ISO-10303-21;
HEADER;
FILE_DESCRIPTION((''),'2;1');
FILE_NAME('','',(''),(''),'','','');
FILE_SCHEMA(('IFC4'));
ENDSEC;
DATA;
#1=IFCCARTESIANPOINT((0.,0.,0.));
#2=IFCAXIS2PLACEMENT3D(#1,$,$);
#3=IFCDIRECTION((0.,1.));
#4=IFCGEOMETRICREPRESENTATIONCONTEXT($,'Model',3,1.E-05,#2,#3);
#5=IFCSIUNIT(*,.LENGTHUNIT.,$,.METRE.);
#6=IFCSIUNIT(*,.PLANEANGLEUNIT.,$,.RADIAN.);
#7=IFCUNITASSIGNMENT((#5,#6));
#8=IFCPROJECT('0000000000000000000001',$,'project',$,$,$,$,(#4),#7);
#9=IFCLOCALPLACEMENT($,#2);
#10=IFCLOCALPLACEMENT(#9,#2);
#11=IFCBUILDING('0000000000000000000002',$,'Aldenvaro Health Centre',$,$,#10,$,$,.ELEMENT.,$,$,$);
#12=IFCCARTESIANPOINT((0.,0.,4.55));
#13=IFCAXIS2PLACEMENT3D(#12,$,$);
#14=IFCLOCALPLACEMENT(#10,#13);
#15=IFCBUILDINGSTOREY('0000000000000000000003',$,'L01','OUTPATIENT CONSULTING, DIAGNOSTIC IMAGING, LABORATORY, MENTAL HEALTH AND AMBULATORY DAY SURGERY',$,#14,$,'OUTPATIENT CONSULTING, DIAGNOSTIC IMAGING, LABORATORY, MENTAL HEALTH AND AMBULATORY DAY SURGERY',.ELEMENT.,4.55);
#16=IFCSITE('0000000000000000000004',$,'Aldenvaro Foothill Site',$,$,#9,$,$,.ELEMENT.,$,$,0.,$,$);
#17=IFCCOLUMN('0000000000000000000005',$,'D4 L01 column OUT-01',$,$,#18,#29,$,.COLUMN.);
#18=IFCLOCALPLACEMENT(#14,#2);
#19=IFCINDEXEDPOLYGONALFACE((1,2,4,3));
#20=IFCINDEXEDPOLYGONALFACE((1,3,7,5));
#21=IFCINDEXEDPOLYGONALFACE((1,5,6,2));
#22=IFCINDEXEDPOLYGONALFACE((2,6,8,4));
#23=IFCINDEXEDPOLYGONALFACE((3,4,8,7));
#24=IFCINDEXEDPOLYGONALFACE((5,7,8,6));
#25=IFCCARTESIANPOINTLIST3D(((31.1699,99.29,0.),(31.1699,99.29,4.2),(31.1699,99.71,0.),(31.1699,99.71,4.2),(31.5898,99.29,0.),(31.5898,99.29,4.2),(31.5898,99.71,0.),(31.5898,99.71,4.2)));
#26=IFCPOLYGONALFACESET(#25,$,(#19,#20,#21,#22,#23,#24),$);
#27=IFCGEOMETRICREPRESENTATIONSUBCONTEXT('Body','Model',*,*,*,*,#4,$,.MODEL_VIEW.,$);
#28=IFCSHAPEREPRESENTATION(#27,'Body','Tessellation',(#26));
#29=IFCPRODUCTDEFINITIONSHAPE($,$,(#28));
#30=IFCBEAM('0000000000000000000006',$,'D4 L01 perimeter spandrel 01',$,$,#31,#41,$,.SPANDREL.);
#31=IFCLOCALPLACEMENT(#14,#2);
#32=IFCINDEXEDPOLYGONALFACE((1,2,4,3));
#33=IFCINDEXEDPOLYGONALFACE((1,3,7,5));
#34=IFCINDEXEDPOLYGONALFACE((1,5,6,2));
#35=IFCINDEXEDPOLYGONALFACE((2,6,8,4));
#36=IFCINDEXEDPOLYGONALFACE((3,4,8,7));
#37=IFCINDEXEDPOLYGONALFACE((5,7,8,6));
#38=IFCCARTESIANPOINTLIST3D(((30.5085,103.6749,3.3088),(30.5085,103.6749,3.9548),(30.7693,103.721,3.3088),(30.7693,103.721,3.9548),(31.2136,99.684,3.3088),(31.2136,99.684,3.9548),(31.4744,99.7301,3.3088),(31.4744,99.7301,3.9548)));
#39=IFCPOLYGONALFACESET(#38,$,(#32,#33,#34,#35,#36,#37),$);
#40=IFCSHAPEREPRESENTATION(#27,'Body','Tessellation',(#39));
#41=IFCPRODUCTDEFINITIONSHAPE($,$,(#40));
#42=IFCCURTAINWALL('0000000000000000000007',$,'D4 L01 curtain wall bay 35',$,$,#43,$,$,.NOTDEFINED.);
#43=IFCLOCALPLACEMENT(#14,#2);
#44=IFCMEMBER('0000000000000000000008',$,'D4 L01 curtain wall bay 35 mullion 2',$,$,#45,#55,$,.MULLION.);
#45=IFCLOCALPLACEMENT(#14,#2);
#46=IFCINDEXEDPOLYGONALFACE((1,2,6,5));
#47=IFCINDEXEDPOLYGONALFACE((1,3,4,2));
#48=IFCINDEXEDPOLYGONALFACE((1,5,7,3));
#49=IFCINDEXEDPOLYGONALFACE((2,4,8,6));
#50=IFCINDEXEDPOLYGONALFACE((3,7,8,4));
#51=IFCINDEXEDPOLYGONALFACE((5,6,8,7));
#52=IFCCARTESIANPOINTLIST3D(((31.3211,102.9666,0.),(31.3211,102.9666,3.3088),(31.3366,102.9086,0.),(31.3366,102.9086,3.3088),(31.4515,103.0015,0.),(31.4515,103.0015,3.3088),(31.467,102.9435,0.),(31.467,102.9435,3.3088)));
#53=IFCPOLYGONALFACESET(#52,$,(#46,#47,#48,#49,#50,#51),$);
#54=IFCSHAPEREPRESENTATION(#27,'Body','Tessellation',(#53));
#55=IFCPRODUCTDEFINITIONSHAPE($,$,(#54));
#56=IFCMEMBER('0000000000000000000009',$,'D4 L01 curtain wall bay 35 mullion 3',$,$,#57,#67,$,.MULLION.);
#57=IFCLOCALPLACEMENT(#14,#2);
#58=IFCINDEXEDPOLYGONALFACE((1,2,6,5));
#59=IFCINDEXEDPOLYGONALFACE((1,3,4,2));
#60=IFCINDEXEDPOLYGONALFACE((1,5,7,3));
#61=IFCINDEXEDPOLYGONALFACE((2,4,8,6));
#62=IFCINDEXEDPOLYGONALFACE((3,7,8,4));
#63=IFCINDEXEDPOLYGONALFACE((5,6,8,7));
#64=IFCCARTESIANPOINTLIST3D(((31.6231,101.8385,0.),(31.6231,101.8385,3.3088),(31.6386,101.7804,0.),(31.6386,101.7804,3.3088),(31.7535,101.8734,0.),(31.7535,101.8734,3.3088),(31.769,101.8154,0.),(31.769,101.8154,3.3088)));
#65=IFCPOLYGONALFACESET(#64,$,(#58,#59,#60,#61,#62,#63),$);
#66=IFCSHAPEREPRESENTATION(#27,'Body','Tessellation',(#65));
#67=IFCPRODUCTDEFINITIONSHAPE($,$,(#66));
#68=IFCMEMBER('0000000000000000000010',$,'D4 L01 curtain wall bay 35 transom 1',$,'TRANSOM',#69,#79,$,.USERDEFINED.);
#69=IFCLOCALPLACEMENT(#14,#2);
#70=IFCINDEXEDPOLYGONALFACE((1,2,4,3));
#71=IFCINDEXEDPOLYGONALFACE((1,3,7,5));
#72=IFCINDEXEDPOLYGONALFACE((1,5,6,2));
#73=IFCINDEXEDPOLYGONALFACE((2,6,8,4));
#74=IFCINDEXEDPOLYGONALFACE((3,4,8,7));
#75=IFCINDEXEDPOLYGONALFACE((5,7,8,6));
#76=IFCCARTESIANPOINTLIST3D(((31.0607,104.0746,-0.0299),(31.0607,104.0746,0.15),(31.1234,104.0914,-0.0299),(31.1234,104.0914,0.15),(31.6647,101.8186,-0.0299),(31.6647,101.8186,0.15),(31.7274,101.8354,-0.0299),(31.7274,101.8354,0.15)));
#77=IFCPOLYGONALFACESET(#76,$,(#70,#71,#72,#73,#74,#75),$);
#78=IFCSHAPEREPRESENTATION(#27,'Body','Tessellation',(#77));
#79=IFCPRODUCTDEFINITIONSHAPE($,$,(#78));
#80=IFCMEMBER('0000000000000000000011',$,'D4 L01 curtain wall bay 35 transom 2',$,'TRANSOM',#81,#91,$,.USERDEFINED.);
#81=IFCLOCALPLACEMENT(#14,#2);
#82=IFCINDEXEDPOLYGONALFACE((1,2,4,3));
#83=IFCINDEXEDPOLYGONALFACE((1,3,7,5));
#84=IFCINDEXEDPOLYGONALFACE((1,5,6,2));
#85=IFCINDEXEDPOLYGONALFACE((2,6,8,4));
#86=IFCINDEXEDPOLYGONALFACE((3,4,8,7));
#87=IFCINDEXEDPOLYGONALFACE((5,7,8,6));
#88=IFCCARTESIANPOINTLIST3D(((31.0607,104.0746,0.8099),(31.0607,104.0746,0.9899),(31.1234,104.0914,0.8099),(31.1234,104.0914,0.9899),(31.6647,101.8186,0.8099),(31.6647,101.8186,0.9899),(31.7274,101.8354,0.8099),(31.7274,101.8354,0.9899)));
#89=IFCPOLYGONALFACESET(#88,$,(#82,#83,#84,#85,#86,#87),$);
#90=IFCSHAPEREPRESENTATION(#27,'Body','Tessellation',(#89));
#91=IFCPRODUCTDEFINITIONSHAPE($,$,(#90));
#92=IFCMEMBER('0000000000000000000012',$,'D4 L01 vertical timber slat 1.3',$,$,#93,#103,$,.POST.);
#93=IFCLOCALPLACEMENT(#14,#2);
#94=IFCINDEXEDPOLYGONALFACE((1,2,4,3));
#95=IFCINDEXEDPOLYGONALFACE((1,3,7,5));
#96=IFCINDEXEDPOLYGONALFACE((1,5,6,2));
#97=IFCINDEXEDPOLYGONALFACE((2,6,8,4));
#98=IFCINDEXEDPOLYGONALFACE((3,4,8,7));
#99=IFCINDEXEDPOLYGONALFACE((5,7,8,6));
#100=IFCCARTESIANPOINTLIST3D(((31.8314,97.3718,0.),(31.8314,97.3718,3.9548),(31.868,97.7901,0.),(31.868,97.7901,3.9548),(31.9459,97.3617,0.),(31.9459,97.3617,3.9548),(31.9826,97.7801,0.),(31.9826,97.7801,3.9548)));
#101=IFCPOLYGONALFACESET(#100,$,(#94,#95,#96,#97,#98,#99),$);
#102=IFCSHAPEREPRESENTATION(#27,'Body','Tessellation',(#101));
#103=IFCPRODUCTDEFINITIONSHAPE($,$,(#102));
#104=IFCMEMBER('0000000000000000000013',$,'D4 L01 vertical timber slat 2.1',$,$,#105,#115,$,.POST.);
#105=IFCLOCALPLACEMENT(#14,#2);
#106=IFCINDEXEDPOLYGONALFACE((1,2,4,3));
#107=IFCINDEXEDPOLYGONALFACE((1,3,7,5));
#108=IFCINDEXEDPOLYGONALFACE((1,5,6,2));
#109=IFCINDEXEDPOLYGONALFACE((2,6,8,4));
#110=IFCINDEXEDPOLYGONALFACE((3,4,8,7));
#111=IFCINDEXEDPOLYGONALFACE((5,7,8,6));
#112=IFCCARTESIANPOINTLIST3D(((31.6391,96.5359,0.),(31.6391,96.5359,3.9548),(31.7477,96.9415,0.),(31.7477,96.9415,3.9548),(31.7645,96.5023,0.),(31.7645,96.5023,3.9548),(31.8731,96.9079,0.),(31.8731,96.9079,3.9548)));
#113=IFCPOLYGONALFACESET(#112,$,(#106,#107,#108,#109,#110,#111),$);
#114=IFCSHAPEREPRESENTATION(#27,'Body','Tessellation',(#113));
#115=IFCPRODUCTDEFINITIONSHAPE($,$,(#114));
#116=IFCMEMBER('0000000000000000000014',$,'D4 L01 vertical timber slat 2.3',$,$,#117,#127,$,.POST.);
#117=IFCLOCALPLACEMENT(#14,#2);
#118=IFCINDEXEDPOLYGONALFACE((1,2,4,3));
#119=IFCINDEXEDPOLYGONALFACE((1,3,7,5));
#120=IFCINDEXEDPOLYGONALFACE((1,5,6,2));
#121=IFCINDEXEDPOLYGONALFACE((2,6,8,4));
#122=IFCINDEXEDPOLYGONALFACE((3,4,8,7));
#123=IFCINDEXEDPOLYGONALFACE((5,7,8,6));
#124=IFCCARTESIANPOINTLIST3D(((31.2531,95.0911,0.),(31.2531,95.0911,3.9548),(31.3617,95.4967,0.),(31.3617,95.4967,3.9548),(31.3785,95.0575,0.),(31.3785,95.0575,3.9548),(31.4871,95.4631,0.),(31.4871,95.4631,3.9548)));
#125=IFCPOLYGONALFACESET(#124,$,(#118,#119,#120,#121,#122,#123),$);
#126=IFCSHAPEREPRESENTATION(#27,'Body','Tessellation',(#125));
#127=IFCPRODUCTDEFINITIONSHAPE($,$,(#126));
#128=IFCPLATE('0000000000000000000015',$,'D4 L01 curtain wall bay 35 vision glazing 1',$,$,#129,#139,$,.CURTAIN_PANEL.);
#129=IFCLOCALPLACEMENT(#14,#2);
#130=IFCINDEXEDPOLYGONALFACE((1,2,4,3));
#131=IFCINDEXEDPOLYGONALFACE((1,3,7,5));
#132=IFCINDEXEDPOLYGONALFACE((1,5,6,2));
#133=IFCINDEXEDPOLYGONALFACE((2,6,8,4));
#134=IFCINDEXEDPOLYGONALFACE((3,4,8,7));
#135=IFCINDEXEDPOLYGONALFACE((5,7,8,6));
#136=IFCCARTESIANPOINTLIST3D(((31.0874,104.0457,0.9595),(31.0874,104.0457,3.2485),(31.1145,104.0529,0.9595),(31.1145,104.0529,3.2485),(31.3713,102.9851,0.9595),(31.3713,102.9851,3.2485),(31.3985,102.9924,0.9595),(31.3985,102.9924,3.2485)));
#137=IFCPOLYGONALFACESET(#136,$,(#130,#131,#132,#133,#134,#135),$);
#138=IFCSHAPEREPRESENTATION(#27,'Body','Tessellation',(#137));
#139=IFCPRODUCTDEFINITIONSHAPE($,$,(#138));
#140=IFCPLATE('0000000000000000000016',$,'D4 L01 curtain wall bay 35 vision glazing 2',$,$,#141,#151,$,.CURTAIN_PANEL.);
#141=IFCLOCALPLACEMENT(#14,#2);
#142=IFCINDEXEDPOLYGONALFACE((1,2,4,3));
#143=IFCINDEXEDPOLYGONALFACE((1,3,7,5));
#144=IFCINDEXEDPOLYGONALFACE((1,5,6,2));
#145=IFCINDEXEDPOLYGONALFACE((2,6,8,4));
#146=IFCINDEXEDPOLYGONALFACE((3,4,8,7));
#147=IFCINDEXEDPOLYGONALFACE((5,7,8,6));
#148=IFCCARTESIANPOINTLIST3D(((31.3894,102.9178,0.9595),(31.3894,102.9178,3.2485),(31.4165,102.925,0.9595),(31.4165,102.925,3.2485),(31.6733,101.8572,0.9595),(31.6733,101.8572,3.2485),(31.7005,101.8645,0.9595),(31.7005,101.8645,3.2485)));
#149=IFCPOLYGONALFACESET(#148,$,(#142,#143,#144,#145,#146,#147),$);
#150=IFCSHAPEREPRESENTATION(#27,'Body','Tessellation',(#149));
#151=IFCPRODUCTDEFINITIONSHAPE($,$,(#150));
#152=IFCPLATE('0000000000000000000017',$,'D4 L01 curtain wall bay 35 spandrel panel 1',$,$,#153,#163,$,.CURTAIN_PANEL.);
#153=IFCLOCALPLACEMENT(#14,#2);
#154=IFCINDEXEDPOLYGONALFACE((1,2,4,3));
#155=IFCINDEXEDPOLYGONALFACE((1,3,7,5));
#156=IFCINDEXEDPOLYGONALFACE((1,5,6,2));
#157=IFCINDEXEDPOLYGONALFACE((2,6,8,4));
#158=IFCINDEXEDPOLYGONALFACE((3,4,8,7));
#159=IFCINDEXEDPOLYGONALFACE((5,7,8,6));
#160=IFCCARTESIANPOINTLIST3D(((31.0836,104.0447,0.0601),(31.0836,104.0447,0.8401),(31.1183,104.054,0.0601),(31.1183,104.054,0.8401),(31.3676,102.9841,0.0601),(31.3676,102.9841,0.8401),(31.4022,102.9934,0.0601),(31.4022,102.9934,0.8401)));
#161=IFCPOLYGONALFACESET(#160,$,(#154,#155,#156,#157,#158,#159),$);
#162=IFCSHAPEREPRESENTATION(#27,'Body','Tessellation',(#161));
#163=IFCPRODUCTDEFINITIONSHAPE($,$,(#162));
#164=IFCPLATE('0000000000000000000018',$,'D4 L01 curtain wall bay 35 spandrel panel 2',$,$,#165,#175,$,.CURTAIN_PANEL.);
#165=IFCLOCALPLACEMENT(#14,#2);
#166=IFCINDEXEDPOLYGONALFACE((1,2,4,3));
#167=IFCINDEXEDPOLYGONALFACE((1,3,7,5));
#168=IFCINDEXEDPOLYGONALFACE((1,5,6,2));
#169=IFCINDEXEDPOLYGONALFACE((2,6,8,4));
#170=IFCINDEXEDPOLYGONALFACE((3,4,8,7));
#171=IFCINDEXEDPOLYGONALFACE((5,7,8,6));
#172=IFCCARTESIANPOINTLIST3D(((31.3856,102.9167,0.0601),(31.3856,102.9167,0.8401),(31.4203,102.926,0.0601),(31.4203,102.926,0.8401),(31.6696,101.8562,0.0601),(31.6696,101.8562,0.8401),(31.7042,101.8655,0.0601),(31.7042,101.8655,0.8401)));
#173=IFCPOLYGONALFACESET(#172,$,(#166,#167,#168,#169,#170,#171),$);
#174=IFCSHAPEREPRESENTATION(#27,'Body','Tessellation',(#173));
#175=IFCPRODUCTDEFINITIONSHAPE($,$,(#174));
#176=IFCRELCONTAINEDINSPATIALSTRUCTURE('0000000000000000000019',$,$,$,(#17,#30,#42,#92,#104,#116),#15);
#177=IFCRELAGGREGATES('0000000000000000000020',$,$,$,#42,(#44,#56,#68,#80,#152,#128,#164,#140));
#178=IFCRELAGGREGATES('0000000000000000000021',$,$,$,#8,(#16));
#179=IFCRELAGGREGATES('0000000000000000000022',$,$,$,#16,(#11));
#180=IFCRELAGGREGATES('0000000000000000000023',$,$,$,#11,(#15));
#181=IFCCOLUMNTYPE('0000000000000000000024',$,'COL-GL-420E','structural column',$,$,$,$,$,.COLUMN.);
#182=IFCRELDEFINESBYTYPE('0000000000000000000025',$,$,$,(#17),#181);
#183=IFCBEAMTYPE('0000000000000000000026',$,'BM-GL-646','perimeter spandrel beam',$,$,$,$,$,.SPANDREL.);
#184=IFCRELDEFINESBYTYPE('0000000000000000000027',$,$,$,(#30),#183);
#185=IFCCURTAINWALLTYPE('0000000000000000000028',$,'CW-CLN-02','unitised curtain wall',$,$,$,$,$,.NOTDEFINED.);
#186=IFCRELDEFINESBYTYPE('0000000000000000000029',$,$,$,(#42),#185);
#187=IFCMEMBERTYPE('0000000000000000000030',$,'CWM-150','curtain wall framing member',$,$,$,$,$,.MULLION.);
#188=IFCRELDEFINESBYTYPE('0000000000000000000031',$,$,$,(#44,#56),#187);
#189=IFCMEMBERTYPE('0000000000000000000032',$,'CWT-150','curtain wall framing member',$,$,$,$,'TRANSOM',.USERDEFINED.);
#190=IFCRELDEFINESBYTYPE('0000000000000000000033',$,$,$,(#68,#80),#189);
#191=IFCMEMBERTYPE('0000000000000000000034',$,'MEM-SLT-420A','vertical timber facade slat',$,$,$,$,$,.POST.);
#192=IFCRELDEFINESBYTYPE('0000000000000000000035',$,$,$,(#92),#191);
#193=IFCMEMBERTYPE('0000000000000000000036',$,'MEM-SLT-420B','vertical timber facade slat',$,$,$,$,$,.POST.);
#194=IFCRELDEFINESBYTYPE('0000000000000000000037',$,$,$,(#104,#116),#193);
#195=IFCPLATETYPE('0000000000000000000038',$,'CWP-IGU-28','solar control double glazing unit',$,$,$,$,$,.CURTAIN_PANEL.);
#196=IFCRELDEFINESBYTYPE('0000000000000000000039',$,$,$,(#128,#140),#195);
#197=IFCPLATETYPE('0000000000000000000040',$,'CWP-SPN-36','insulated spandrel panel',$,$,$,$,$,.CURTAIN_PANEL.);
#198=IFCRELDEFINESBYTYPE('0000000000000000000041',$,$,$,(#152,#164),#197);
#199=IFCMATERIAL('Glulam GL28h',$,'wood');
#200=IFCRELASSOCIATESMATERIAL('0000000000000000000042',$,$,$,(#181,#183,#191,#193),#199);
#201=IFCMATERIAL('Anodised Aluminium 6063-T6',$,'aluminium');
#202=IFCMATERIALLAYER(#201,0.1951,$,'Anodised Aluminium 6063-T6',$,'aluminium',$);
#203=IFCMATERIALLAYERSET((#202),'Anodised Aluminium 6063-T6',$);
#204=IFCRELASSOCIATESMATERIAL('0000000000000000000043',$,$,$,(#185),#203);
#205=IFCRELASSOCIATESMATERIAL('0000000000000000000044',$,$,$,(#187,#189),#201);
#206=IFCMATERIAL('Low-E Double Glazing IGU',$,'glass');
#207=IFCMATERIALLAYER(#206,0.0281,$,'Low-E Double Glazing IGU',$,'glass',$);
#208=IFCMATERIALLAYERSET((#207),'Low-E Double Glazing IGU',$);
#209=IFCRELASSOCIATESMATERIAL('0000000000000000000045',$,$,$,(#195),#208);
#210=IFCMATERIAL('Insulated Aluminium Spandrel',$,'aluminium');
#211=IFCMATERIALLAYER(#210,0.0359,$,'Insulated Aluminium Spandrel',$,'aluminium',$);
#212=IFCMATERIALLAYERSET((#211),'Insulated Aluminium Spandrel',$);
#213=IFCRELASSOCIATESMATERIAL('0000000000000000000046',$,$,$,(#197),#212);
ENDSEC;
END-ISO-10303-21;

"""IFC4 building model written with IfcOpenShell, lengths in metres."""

from ifc_helpers import new_model, si_unit, direction, frame, origin, origin_2d, place, context, subcontext, project, spatial, rectangle, extrude, material, layer, layer_set, material_profile, profile_set, type_object, element, aggregate, save


model = new_model("IFC4")

# Units and contexts
model_context = context("Model", 3, precision=1e-05, world=origin(), true_north=direction((0.0, 1.0)))
body_context = subcontext(model_context, "Body", "Model", "MODEL_VIEW")
ifc_project = project(units=[si_unit("LENGTHUNIT", "METRE"), si_unit("PLANEANGLEUNIT", "RADIAN")], contexts=[model_context])

# Site, building, storey
site_placement = place(None, origin())
site = spatial("IfcSite", under=ifc_project, at=site_placement, Name="Aldenvaro Foothill Site", CompositionType="ELEMENT", RefElevation=0.0)
building_placement = place(site_placement, origin())
building = spatial("IfcBuilding", under=site, at=building_placement, Name="Aldenvaro Health Centre", CompositionType="ELEMENT")
storey_placement = place(building_placement, frame((0.0, 0.0, 4.55)))
storey = spatial("IfcBuildingStorey", under=building, at=storey_placement, Name="L01", Description="OUTPATIENT CONSULTING, DIAGNOSTIC IMAGING, LABORATORY, MENTAL HEALTH AND AMBULATORY DAY SURGERY", LongName="OUTPATIENT CONSULTING, DIAGNOSTIC IMAGING, LABORATORY, MENTAL HEALTH AND AMBULATORY DAY SURGERY", CompositionType="ELEMENT", Elevation=4.55)

# Column
ifc_material_1 = material(Name="Glulam GL28h", Category="wood")
ifc_material_profile_1 = material_profile(ifc_material_1, rectangle(XDim=0.4199, YDim=0.4199, at=origin_2d()), Name="GL 420x420", Category="wood")
ifc_profile_set_1 = profile_set([ifc_material_profile_1], Name="Glulam GL28h")
column_type = type_object("IfcColumnType", Name="COL-GL-420E", Description="structural column", PredefinedType="COLUMN", material=ifc_profile_set_1)
column_placement = place(storey_placement, frame((31.3799, 99.5, 0.0), z_axis=(0.0, 0.0, 1.0), x_axis=(1.0, 0.0, 0.0)))
element("IfcColumn", 1, at=column_placement, inside=storey, type_object=column_type, Name="D4 L01 column OUT-01", PredefinedType="COLUMN", context=body_context, shape_type="SweptSolid", body=[
    extrude(rectangle(XDim=0.4199, YDim=0.4199, at=origin_2d()), origin(), (0.0, 0.0, 1.0), 4.2),
])

# Beam
ifc_material_profile_2 = material_profile(ifc_material_1, rectangle(XDim=0.2649, YDim=0.646, at=origin_2d()), Name="GL 265x646", Category="wood")
ifc_profile_set_2 = profile_set([ifc_material_profile_2], Name="Glulam GL28h")
beam_type = type_object("IfcBeamType", Name="BM-GL-646", Description="perimeter spandrel beam", PredefinedType="SPANDREL", material=ifc_profile_set_2)
beam_placement = place(storey_placement, frame((31.344, 99.707, 3.6318), z_axis=(-0.173974, 0.98475, 0.0), x_axis=(-0.98475, -0.173974, 0.0)))
element("IfcBeam", 2, at=beam_placement, inside=storey, type_object=beam_type, Name="D4 L01 perimeter spandrel 01", PredefinedType="SPANDREL", context=body_context, shape_type="SweptSolid", body=[
    extrude(rectangle(XDim=0.2649, YDim=0.646, at=origin_2d()), origin(), (0.0, 0.0, 1.0), 4.0527),
])

# Curtain wall, members
ifc_material_2 = material(Name="Anodised Aluminium 6063-T6", Category="aluminium")
ifc_layer_1 = layer(ifc_material_2, 0.1951, Name="Anodised Aluminium 6063-T6", Category="aluminium")
ifc_layer_set_1 = layer_set([ifc_layer_1], Name="Anodised Aluminium 6063-T6")
curtain_wall_type = type_object("IfcCurtainWallType", Name="CW-CLN-02", Description="unitised curtain wall", PredefinedType="NOTDEFINED", material=ifc_layer_set_1)
curtain_wall_placement = place(storey_placement, origin())
curtain_wall = element("IfcCurtainWall", 3, at=curtain_wall_placement, inside=storey, type_object=curtain_wall_type, Name="D4 L01 curtain wall bay 35", PredefinedType="NOTDEFINED")
ifc_material_profile_3 = material_profile(ifc_material_2, rectangle(XDim=0.0601, YDim=0.135, at=origin_2d()), Name="ALU 60x135", Category="aluminium")
ifc_profile_set_3 = profile_set([ifc_material_profile_3], Name="Anodised Aluminium 6063-T6")
member_type_1 = type_object("IfcMemberType", Name="CWM-150", Description="curtain wall framing member", PredefinedType="MULLION", material=ifc_profile_set_3)
member_1_placement = place(storey_placement, frame((31.394, 102.9551, 0.0), z_axis=(0.0, 0.0, 1.0), x_axis=(0.258622, -0.965979, 0.0)))
member_1 = element("IfcMember", 4, at=member_1_placement, type_object=member_type_1, Name="D4 L01 curtain wall bay 35 mullion 2", PredefinedType="MULLION", context=body_context, shape_type="SweptSolid", body=[
    extrude(rectangle(XDim=0.0601, YDim=0.135, at=origin_2d()), origin(), (0.0, 0.0, 1.0), 3.3088),
])
member_2_placement = place(storey_placement, frame((31.696, 101.8269, 0.0), z_axis=(0.0, 0.0, 1.0), x_axis=(0.258622, -0.965979, 0.0)))
member_2 = element("IfcMember", 5, at=member_2_placement, type_object=member_type_1, Name="D4 L01 curtain wall bay 35 mullion 3", PredefinedType="MULLION", context=body_context, shape_type="SweptSolid", body=[
    extrude(rectangle(XDim=0.0601, YDim=0.135, at=origin_2d()), origin(), (0.0, 0.0, 1.0), 3.3088),
])
ifc_material_profile_4 = material_profile(ifc_material_2, rectangle(XDim=0.0649, YDim=0.1799, at=origin_2d()), Name="ALU 65x180", Category="aluminium")
ifc_profile_set_4 = profile_set([ifc_material_profile_4], Name="Anodised Aluminium 6063-T6")
member_type_2 = type_object("IfcMemberType", Name="CWT-150", Description="curtain wall framing member", ElementType="TRANSOM", PredefinedType="USERDEFINED", material=ifc_profile_set_4)
member_3_placement = place(storey_placement, frame((31.092, 104.083, 0.0601), z_axis=(0.258612, -0.965981, 0.0), x_axis=(0.965981, 0.258612, 0.0)))
member_3 = element("IfcMember", 6, at=member_3_placement, type_object=member_type_2, Name="D4 L01 curtain wall bay 35 transom 1", ObjectType="TRANSOM", PredefinedType="USERDEFINED", context=body_context, shape_type="SweptSolid", body=[
    extrude(rectangle(XDim=0.0649, YDim=0.1799, at=origin_2d()), origin(), (0.0, 0.0, 1.0), 2.3354),
])
member_4_placement = place(storey_placement, frame((31.092, 104.083, 0.8999), z_axis=(0.258612, -0.965981, 0.0), x_axis=(0.965981, 0.258612, 0.0)))
member_4 = element("IfcMember", 7, at=member_4_placement, type_object=member_type_2, Name="D4 L01 curtain wall bay 35 transom 2", ObjectType="TRANSOM", PredefinedType="USERDEFINED", context=body_context, shape_type="SweptSolid", body=[
    extrude(rectangle(XDim=0.0649, YDim=0.1799, at=origin_2d()), origin(), (0.0, 0.0, 1.0), 2.3354),
])

# Members
ifc_material_profile_5 = material_profile(ifc_material_1, rectangle(XDim=0.115, YDim=0.4199, at=origin_2d()), Name="GL 115x420", Category="wood")
ifc_profile_set_5 = profile_set([ifc_material_profile_5], Name="Glulam GL28h")
member_type_3 = type_object("IfcMemberType", Name="MEM-SLT-420A", Description="vertical timber facade slat", PredefinedType="POST", material=ifc_profile_set_5)
member_5_placement = place(storey_placement, frame((31.907, 97.5759, 0.0), z_axis=(0.0, 0.0, 1.0), x_axis=(0.996179, -0.087332, 0.0)))
element("IfcMember", 8, at=member_5_placement, inside=storey, type_object=member_type_3, Name="D4 L01 vertical timber slat 1.3", PredefinedType="POST", context=body_context, shape_type="SweptSolid", body=[
    extrude(rectangle(XDim=0.115, YDim=0.4199, at=origin_2d()), origin(), (0.0, 0.0, 1.0), 3.9548),
])
ifc_material_profile_6 = material_profile(ifc_material_1, rectangle(XDim=0.1299, YDim=0.4199, at=origin_2d()), Name="GL 130x420", Category="wood")
ifc_profile_set_6 = profile_set([ifc_material_profile_6], Name="Glulam GL28h")
member_type_4 = type_object("IfcMemberType", Name="MEM-SLT-420B", Description="vertical timber facade slat", PredefinedType="POST", material=ifc_profile_set_6)
for number, where, z_axis, x_axis, name in (
    (9, (31.7561, 96.7219, 0.0), (0.0, 0.0, 1.0), (0.965979, -0.258622, 0.0), "D4 L01 vertical timber slat 2.1"),
    (10, (31.3701, 95.2771, 0.0), (0.0, 0.0, 1.0), (0.965979, -0.258622, 0.0), "D4 L01 vertical timber slat 2.3"),
):
    element("IfcMember", number, at=place(storey_placement, frame(where, z_axis=z_axis, x_axis=x_axis)), inside=storey, type_object=member_type_4, Name=name, PredefinedType="POST", context=body_context, shape_type="SweptSolid", body=[
        extrude(rectangle(XDim=0.1299, YDim=0.4199, at=origin_2d()), origin(), (0.0, 0.0, 1.0), 3.9548),
    ])

# Plates
ifc_material_3 = material(Name="Low-E Double Glazing IGU", Category="glass")
ifc_layer_2 = layer(ifc_material_3, 0.0281, Name="Low-E Double Glazing IGU", Category="glass")
ifc_layer_set_2 = layer_set([ifc_layer_2], Name="Low-E Double Glazing IGU")
plate_type_1 = type_object("IfcPlateType", Name="CWP-IGU-28", Description="solar control double glazing unit", PredefinedType="CURTAIN_PANEL", material=ifc_layer_set_2)
plate_1_placement = place(storey_placement, frame((31.2429, 103.519, 0.9595), z_axis=(0.0, 0.0, 1.0), x_axis=(0.258622, -0.965979, 0.0)))
plate_1 = element("IfcPlate", 11, at=plate_1_placement, type_object=plate_type_1, Name="D4 L01 curtain wall bay 35 vision glazing 1", PredefinedType="CURTAIN_PANEL", context=body_context, shape_type="SweptSolid", body=[
    extrude(rectangle(XDim=1.0979, YDim=0.0281, at=origin_2d()), origin(), (0.0, 0.0, 1.0), 2.2891),
])
plate_2_placement = place(storey_placement, frame((31.5449, 102.3911, 0.9595), z_axis=(0.0, 0.0, 1.0), x_axis=(0.258622, -0.965979, 0.0)))
plate_2 = element("IfcPlate", 12, at=plate_2_placement, type_object=plate_type_1, Name="D4 L01 curtain wall bay 35 vision glazing 2", PredefinedType="CURTAIN_PANEL", context=body_context, shape_type="SweptSolid", body=[
    extrude(rectangle(XDim=1.0979, YDim=0.0281, at=origin_2d()), origin(), (0.0, 0.0, 1.0), 2.2891),
])
ifc_material_4 = material(Name="Insulated Aluminium Spandrel", Category="aluminium")
ifc_layer_3 = layer(ifc_material_4, 0.0359, Name="Insulated Aluminium Spandrel", Category="aluminium")
ifc_layer_set_3 = layer_set([ifc_layer_3], Name="Insulated Aluminium Spandrel")
plate_type_2 = type_object("IfcPlateType", Name="CWP-SPN-36", Description="insulated spandrel panel", PredefinedType="CURTAIN_PANEL", material=ifc_layer_set_3)
plate_3_placement = place(storey_placement, frame((31.2429, 103.519, 0.0601), z_axis=(0.0, 0.0, 1.0), x_axis=(0.258622, -0.965979, 0.0)))
plate_3 = element("IfcPlate", 13, at=plate_3_placement, type_object=plate_type_2, Name="D4 L01 curtain wall bay 35 spandrel panel 1", PredefinedType="CURTAIN_PANEL", context=body_context, shape_type="SweptSolid", body=[
    extrude(rectangle(XDim=1.0979, YDim=0.0359, at=origin_2d()), origin(), (0.0, 0.0, 1.0), 0.78),
])
plate_4_placement = place(storey_placement, frame((31.5449, 102.3911, 0.0601), z_axis=(0.0, 0.0, 1.0), x_axis=(0.258622, -0.965979, 0.0)))
plate_4 = element("IfcPlate", 14, at=plate_4_placement, type_object=plate_type_2, Name="D4 L01 curtain wall bay 35 spandrel panel 2", PredefinedType="CURTAIN_PANEL", context=body_context, shape_type="SweptSolid", body=[
    extrude(rectangle(XDim=1.0979, YDim=0.0359, at=origin_2d()), origin(), (0.0, 0.0, 1.0), 0.78),
])
aggregate(curtain_wall, [member_1, member_2, member_3, member_4, plate_3, plate_1, plate_4, plate_2])

save(model, "model.ifc")
